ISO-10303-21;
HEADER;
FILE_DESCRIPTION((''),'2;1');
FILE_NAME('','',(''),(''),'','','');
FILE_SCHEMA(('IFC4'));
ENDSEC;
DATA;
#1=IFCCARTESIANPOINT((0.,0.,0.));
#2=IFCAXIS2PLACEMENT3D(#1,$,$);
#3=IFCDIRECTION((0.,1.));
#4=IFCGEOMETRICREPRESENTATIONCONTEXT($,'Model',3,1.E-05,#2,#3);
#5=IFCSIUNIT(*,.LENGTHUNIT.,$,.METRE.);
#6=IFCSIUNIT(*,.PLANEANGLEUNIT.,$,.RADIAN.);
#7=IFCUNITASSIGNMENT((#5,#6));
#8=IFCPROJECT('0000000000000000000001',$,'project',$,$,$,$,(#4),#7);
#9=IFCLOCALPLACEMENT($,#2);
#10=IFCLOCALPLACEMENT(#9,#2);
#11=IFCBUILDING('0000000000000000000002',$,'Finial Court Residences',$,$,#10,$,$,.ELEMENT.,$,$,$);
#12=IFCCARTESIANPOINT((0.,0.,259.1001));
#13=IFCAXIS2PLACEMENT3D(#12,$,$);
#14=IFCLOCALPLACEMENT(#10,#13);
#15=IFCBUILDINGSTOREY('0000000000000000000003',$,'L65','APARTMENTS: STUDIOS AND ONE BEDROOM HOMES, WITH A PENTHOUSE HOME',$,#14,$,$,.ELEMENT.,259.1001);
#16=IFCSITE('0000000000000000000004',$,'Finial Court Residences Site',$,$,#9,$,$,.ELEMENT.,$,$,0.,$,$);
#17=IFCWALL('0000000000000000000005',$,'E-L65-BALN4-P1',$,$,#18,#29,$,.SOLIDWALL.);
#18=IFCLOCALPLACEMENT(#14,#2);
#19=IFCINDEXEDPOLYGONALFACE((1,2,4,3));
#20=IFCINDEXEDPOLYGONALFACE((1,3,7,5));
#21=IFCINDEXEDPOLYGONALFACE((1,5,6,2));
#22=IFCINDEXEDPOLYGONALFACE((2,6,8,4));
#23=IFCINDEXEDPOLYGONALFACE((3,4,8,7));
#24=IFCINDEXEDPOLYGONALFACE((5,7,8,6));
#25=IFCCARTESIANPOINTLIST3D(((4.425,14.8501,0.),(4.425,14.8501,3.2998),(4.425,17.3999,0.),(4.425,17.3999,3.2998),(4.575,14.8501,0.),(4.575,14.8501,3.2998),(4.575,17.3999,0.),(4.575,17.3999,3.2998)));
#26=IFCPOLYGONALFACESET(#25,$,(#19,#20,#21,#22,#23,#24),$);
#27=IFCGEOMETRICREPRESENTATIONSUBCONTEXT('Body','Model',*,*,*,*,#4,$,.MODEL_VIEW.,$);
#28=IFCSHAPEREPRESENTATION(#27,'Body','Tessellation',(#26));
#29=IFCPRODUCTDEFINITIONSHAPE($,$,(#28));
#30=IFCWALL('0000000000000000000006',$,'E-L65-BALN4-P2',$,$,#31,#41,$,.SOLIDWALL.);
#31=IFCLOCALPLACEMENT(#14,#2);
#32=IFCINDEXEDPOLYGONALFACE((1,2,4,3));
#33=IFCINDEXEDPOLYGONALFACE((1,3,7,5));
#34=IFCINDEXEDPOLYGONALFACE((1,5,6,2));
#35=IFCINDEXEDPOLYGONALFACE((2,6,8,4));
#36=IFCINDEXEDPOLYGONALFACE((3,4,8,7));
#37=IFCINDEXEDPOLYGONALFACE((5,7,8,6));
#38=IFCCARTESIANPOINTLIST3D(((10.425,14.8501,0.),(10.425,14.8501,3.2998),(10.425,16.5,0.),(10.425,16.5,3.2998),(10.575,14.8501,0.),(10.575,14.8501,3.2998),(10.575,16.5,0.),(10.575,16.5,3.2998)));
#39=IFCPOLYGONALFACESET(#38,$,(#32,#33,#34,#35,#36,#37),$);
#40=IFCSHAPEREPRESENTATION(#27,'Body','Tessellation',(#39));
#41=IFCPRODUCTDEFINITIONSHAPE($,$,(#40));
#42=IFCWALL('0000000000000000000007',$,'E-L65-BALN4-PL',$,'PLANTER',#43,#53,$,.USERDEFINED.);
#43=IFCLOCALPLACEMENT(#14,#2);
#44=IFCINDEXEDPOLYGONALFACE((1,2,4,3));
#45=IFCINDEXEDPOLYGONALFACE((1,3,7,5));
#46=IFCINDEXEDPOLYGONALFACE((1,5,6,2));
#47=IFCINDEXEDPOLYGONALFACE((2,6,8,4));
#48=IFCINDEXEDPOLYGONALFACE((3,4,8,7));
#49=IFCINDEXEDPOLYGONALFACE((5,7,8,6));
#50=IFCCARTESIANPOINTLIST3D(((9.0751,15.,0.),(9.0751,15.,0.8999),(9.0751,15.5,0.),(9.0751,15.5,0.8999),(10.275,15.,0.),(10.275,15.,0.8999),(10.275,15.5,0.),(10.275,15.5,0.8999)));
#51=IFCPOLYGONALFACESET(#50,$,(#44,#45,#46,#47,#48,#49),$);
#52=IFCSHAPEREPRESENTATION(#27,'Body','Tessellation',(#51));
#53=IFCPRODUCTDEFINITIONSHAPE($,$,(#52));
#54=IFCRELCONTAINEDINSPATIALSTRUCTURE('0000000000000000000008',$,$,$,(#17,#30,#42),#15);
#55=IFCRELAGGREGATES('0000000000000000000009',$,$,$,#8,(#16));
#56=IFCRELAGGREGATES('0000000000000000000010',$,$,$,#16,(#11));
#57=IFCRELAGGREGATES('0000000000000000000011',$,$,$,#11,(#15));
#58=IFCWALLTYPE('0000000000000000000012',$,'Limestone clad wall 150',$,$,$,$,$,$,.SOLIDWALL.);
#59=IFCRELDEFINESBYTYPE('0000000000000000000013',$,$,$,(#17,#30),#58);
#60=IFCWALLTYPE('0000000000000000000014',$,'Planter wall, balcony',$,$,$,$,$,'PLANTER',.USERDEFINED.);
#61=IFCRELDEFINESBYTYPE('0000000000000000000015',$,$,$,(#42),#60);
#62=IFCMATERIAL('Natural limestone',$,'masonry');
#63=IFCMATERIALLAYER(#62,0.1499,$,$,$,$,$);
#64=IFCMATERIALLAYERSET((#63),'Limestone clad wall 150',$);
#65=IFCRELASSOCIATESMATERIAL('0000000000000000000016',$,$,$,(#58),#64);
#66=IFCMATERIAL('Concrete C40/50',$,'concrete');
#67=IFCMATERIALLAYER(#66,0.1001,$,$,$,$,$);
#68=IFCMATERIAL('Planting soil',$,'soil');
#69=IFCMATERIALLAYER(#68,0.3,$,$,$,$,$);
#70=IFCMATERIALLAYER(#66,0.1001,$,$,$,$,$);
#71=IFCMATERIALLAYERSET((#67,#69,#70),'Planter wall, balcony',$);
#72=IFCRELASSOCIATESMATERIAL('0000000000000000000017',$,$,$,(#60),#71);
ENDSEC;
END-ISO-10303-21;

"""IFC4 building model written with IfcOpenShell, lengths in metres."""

from ifc_helpers import new_model, si_unit, direction, frame, frame_2d, origin, place, context, subcontext, project, spatial, rectangle, extrude, material, layer, layer_set, type_object, element, save


model = new_model("IFC4")

# Units and contexts
model_context = context("Model", 3, precision=1e-05, world=origin(), true_north=direction((0.0, 1.0)))
body_context = subcontext(model_context, "Body", "Model", "MODEL_VIEW")
ifc_project = project(units=[si_unit("LENGTHUNIT", "METRE"), si_unit("PLANEANGLEUNIT", "RADIAN")], contexts=[model_context])

# Site, building, storey
site_placement = place(None, origin())
site = spatial("IfcSite", under=ifc_project, at=site_placement, Name="Finial Court Residences Site", CompositionType="ELEMENT", RefElevation=0.0)
building_placement = place(site_placement, origin())
building = spatial("IfcBuilding", under=site, at=building_placement, Name="Finial Court Residences", CompositionType="ELEMENT")
storey_placement = place(building_placement, frame((0.0, 0.0, 259.1001)))
storey = spatial("IfcBuildingStorey", under=building, at=storey_placement, Name="L65", Description="APARTMENTS: STUDIOS AND ONE BEDROOM HOMES, WITH A PENTHOUSE HOME", CompositionType="ELEMENT", Elevation=259.1001)

# Walls
ifc_material_1 = material(Name="Natural limestone", Category="masonry")
ifc_layer_1 = layer(ifc_material_1, 0.1499)
ifc_layer_set_1 = layer_set([ifc_layer_1], Name="Limestone clad wall 150")
wall_type_1 = type_object("IfcWallType", Name="Limestone clad wall 150", PredefinedType="SOLIDWALL", material=ifc_layer_set_1)
wall_1_placement = place(storey_placement, frame((4.5, 14.8501, 0.0), z_axis=(0.0, 0.0, 1.0), x_axis=(0.0, 1.0, 0.0)))
element("IfcWall", 1, at=wall_1_placement, inside=storey, type_object=wall_type_1, Name="E-L65-BALN4-P1", PredefinedType="SOLIDWALL", context=body_context, shape_type="SweptSolid", body=[
    extrude(rectangle(XDim=2.5498, YDim=0.1499, at=frame_2d((1.2749, 0.0))), origin(), (0.0, 0.0, 1.0), 3.2998),
])
wall_2_placement = place(storey_placement, frame((10.5, 14.8501, 0.0), z_axis=(0.0, 0.0, 1.0), x_axis=(0.0, 1.0, 0.0)))
element("IfcWall", 2, at=wall_2_placement, inside=storey, type_object=wall_type_1, Name="E-L65-BALN4-P2", PredefinedType="SOLIDWALL", context=body_context, shape_type="SweptSolid", body=[
    extrude(rectangle(XDim=1.6499, YDim=0.1499, at=frame_2d((0.825, 0.0))), origin(), (0.0, 0.0, 1.0), 3.2998),
])

# Wall
ifc_material_2 = material(Name="Concrete C40/50", Category="concrete")
ifc_layer_2 = layer(ifc_material_2, 0.1001)
ifc_material_3 = material(Name="Planting soil", Category="soil")
ifc_layer_3 = layer(ifc_material_3, 0.3)
ifc_layer_4 = layer(ifc_material_2, 0.1001)
ifc_layer_set_2 = layer_set([ifc_layer_2, ifc_layer_3, ifc_layer_4], Name="Planter wall, balcony")
wall_type_2 = type_object("IfcWallType", Name="Planter wall, balcony", ElementType="PLANTER", PredefinedType="USERDEFINED", material=ifc_layer_set_2)
wall_3_placement = place(storey_placement, frame((9.075, 15.25, 0.0), z_axis=(0.0, 0.0, 1.0), x_axis=(1.0, 0.0, 0.0)))
element("IfcWall", 3, at=wall_3_placement, inside=storey, type_object=wall_type_2, Name="E-L65-BALN4-PL", ObjectType="PLANTER", PredefinedType="USERDEFINED", context=body_context, shape_type="SweptSolid", body=[
    extrude(rectangle(XDim=1.2, YDim=0.5, at=frame_2d((0.6001, 0.0))), origin(), (0.0, 0.0, 1.0), 0.8999),
])

save(model, "model.ifc")
